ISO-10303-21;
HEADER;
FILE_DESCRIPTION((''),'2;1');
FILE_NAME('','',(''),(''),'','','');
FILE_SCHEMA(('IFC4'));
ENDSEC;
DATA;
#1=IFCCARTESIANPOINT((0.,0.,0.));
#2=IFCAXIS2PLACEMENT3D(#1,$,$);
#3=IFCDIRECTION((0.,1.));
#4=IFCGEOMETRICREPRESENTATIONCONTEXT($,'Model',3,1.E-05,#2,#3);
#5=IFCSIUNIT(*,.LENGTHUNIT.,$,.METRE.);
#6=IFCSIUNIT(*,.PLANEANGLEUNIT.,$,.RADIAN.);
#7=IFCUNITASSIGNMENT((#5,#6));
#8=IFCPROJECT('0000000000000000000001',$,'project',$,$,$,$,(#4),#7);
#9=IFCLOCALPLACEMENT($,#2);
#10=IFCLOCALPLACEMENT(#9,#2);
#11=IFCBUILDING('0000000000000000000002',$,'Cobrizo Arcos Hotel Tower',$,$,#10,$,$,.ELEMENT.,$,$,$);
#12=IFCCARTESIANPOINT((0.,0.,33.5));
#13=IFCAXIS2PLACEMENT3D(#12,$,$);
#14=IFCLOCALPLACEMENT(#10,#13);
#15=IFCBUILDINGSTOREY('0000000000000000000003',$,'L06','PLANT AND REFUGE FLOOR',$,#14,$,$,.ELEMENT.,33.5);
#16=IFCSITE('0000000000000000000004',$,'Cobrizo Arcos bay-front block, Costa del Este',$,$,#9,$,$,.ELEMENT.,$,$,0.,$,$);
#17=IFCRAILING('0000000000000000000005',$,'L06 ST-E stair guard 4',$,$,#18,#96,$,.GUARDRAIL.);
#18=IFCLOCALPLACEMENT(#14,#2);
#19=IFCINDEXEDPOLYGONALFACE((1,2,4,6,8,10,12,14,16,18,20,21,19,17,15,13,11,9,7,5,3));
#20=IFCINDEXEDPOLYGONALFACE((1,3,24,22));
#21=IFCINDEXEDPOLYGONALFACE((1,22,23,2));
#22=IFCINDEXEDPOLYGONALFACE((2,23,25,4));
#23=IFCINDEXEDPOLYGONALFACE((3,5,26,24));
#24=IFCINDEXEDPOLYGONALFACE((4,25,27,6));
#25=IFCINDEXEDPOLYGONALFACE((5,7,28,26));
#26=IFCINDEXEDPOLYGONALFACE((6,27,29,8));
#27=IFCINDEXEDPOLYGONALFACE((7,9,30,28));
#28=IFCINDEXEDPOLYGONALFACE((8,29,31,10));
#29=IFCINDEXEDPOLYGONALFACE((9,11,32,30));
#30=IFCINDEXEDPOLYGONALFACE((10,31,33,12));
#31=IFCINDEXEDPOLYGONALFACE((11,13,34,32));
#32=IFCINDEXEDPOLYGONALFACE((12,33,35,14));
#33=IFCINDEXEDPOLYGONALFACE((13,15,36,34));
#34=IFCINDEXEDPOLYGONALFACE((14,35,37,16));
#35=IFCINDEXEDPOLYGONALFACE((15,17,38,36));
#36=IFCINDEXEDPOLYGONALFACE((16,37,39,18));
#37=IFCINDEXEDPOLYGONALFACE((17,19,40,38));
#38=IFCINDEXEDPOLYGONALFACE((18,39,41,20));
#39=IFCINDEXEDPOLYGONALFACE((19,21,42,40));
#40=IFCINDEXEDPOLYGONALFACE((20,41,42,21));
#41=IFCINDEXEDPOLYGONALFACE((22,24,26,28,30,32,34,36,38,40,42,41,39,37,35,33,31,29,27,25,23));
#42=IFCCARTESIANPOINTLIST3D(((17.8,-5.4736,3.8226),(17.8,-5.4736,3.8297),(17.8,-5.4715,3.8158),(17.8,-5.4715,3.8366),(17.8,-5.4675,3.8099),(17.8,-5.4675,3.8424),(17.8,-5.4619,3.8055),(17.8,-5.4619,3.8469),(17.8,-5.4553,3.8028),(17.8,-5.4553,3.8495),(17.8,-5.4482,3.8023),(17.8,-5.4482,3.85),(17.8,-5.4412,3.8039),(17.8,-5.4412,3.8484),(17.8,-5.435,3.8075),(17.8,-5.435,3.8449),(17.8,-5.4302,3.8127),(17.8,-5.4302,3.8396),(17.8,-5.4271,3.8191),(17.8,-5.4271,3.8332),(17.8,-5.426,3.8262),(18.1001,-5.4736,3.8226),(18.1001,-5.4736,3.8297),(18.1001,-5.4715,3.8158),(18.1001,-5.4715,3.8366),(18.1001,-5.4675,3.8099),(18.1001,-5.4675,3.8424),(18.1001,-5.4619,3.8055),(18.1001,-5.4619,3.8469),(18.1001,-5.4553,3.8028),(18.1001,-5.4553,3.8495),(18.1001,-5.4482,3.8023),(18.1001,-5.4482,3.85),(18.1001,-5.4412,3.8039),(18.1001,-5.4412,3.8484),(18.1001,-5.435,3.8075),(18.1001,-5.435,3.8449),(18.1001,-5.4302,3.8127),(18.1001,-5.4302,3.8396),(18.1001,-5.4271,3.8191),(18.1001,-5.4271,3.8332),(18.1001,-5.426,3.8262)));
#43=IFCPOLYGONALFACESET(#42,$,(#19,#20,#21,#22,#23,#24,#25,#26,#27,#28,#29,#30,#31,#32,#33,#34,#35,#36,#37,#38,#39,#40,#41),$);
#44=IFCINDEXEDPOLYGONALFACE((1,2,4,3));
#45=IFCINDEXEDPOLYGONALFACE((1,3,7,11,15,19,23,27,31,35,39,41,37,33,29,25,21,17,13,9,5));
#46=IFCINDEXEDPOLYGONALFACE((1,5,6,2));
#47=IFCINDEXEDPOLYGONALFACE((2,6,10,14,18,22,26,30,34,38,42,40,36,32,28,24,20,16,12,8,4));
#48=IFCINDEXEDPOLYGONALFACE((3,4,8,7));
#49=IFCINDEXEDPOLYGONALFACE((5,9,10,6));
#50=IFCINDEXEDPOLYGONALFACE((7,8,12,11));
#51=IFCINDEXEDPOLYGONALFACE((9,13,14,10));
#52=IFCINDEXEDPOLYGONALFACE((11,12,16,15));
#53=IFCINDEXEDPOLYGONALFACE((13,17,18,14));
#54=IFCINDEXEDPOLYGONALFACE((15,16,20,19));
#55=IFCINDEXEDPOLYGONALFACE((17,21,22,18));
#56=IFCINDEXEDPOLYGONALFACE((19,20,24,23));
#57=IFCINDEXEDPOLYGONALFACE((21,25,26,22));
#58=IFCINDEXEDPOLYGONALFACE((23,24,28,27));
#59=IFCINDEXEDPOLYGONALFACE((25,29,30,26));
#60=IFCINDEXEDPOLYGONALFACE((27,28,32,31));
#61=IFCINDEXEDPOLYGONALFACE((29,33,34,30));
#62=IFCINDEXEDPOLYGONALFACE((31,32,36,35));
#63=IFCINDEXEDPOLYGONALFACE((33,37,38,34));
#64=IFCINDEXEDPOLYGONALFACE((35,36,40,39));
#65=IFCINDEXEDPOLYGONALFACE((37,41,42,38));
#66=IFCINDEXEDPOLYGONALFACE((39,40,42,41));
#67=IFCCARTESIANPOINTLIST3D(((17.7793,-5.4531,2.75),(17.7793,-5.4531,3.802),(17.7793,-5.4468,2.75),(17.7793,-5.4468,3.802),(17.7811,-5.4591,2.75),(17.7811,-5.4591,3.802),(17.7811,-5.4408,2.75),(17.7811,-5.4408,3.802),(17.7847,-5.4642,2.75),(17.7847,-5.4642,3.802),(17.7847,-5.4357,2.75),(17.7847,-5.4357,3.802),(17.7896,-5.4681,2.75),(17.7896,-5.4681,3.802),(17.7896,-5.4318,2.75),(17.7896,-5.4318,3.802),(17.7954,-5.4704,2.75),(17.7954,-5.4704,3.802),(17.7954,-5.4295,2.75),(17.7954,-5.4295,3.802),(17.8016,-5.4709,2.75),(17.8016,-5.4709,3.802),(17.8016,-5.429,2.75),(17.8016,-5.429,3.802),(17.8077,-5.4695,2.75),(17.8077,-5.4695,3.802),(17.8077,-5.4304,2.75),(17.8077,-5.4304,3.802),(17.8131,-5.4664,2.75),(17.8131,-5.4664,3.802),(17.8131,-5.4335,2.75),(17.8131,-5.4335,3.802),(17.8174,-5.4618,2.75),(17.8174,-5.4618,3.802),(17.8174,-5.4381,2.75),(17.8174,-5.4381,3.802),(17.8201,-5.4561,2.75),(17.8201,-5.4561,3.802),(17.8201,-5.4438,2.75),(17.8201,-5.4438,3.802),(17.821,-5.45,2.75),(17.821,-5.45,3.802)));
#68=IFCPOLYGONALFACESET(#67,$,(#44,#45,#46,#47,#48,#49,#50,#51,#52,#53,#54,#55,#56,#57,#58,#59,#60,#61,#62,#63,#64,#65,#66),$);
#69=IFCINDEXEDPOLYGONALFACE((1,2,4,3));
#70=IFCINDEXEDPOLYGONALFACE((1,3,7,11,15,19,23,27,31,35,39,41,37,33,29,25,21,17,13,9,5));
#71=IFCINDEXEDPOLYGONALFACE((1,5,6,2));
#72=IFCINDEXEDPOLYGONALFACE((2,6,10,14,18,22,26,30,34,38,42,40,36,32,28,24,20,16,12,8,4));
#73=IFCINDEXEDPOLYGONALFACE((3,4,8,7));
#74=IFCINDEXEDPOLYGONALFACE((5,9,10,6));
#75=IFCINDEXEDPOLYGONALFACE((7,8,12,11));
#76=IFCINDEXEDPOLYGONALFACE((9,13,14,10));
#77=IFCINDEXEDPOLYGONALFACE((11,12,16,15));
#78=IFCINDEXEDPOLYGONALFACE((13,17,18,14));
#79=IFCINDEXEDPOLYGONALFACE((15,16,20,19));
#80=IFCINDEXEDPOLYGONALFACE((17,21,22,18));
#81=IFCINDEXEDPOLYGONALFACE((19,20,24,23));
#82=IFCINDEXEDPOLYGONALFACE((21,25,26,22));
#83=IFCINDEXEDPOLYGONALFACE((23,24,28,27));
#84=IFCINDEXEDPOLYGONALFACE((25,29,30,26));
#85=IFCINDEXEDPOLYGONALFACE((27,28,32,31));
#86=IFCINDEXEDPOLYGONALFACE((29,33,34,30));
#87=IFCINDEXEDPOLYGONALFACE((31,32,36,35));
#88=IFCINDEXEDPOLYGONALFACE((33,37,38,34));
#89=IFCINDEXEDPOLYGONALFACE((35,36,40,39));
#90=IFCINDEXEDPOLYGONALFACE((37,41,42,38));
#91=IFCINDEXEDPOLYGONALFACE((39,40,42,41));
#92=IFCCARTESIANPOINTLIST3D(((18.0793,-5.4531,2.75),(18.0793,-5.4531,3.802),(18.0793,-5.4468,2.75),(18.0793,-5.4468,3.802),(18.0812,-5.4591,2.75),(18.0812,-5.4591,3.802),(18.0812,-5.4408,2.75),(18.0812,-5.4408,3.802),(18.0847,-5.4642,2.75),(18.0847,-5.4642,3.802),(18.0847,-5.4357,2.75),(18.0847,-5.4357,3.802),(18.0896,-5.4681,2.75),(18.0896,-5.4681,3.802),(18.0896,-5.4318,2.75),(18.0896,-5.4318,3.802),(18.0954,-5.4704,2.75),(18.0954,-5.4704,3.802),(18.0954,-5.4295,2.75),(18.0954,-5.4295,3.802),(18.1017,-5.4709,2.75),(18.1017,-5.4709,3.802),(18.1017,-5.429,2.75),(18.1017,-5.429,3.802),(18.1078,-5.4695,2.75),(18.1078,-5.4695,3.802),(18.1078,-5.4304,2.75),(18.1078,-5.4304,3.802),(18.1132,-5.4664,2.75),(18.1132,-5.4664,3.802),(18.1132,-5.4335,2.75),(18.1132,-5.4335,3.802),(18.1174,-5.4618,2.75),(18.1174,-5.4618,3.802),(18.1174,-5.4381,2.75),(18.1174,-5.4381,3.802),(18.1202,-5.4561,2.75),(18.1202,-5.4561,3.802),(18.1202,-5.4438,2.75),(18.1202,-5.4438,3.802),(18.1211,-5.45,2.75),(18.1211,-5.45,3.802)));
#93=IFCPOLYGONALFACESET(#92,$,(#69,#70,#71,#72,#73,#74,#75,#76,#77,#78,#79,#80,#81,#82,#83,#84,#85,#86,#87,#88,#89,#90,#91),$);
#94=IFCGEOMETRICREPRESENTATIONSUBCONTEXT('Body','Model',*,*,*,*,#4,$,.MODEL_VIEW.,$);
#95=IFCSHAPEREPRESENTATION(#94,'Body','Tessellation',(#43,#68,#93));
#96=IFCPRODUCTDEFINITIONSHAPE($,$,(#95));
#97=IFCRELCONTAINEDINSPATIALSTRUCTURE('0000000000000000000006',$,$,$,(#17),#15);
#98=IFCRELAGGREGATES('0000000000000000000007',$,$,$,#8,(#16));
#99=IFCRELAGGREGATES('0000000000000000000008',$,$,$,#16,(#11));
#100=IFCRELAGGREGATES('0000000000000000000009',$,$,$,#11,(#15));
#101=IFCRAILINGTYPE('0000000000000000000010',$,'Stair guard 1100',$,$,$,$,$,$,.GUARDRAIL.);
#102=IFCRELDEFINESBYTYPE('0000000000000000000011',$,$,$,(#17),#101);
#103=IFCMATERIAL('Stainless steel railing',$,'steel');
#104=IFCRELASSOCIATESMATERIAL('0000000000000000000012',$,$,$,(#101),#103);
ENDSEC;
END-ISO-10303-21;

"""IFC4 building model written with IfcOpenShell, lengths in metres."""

from ifc_helpers import new_model, si_unit, direction, frame, origin, origin_2d, place, context, subcontext, project, spatial, circle, extrude, material, type_object, element, save


model = new_model("IFC4")

# Units and contexts
model_context = context("Model", 3, precision=1e-05, world=origin(), true_north=direction((0.0, 1.0)))
body_context = subcontext(model_context, "Body", "Model", "MODEL_VIEW")
ifc_project = project(units=[si_unit("LENGTHUNIT", "METRE"), si_unit("PLANEANGLEUNIT", "RADIAN")], contexts=[model_context])

# Site, building, storey
site_placement = place(None, origin())
site = spatial("IfcSite", under=ifc_project, at=site_placement, Name="Cobrizo Arcos bay-front block, Costa del Este", CompositionType="ELEMENT", RefElevation=0.0)
building_placement = place(site_placement, origin())
building = spatial("IfcBuilding", under=site, at=building_placement, Name="Cobrizo Arcos Hotel Tower", CompositionType="ELEMENT")
storey_placement = place(building_placement, frame((0.0, 0.0, 33.5)))
storey = spatial("IfcBuildingStorey", under=building, at=storey_placement, Name="L06", Description="PLANT AND REFUGE FLOOR", CompositionType="ELEMENT", Elevation=33.5)

# Railing
ifc_material_1 = material(Name="Stainless steel railing", Category="steel")
railing_type_1 = type_object("IfcRailingType", Name="Stair guard 1100", PredefinedType="GUARDRAIL", material=ifc_material_1)
railing_1_placement = place(storey_placement, frame((17.8, -5.45, 2.75)))
element("IfcRailing", 1, at=railing_1_placement, inside=storey, type_object=railing_type_1, Name="L06 ST-E stair guard 4", PredefinedType="GUARDRAIL", context=body_context, shape_type="SweptSolid", body=[
    extrude(circle(Radius=0.0239, at=origin_2d()), frame((0.0, 0.0, 1.0762), z_axis=(1.0, 0.0, 0.0), x_axis=(0.0, 1.0, 0.0)), (0.0, 0.0, 1.0), 0.3),
    extrude(circle(Radius=0.021, at=origin_2d()), origin(), (0.0, 0.0, 1.0), 1.052),
    extrude(circle(Radius=0.021, at=origin_2d()), frame((0.3, 0.0, 0.0)), (0.0, 0.0, 1.0), 1.052),
])

save(model, "model.ifc")
